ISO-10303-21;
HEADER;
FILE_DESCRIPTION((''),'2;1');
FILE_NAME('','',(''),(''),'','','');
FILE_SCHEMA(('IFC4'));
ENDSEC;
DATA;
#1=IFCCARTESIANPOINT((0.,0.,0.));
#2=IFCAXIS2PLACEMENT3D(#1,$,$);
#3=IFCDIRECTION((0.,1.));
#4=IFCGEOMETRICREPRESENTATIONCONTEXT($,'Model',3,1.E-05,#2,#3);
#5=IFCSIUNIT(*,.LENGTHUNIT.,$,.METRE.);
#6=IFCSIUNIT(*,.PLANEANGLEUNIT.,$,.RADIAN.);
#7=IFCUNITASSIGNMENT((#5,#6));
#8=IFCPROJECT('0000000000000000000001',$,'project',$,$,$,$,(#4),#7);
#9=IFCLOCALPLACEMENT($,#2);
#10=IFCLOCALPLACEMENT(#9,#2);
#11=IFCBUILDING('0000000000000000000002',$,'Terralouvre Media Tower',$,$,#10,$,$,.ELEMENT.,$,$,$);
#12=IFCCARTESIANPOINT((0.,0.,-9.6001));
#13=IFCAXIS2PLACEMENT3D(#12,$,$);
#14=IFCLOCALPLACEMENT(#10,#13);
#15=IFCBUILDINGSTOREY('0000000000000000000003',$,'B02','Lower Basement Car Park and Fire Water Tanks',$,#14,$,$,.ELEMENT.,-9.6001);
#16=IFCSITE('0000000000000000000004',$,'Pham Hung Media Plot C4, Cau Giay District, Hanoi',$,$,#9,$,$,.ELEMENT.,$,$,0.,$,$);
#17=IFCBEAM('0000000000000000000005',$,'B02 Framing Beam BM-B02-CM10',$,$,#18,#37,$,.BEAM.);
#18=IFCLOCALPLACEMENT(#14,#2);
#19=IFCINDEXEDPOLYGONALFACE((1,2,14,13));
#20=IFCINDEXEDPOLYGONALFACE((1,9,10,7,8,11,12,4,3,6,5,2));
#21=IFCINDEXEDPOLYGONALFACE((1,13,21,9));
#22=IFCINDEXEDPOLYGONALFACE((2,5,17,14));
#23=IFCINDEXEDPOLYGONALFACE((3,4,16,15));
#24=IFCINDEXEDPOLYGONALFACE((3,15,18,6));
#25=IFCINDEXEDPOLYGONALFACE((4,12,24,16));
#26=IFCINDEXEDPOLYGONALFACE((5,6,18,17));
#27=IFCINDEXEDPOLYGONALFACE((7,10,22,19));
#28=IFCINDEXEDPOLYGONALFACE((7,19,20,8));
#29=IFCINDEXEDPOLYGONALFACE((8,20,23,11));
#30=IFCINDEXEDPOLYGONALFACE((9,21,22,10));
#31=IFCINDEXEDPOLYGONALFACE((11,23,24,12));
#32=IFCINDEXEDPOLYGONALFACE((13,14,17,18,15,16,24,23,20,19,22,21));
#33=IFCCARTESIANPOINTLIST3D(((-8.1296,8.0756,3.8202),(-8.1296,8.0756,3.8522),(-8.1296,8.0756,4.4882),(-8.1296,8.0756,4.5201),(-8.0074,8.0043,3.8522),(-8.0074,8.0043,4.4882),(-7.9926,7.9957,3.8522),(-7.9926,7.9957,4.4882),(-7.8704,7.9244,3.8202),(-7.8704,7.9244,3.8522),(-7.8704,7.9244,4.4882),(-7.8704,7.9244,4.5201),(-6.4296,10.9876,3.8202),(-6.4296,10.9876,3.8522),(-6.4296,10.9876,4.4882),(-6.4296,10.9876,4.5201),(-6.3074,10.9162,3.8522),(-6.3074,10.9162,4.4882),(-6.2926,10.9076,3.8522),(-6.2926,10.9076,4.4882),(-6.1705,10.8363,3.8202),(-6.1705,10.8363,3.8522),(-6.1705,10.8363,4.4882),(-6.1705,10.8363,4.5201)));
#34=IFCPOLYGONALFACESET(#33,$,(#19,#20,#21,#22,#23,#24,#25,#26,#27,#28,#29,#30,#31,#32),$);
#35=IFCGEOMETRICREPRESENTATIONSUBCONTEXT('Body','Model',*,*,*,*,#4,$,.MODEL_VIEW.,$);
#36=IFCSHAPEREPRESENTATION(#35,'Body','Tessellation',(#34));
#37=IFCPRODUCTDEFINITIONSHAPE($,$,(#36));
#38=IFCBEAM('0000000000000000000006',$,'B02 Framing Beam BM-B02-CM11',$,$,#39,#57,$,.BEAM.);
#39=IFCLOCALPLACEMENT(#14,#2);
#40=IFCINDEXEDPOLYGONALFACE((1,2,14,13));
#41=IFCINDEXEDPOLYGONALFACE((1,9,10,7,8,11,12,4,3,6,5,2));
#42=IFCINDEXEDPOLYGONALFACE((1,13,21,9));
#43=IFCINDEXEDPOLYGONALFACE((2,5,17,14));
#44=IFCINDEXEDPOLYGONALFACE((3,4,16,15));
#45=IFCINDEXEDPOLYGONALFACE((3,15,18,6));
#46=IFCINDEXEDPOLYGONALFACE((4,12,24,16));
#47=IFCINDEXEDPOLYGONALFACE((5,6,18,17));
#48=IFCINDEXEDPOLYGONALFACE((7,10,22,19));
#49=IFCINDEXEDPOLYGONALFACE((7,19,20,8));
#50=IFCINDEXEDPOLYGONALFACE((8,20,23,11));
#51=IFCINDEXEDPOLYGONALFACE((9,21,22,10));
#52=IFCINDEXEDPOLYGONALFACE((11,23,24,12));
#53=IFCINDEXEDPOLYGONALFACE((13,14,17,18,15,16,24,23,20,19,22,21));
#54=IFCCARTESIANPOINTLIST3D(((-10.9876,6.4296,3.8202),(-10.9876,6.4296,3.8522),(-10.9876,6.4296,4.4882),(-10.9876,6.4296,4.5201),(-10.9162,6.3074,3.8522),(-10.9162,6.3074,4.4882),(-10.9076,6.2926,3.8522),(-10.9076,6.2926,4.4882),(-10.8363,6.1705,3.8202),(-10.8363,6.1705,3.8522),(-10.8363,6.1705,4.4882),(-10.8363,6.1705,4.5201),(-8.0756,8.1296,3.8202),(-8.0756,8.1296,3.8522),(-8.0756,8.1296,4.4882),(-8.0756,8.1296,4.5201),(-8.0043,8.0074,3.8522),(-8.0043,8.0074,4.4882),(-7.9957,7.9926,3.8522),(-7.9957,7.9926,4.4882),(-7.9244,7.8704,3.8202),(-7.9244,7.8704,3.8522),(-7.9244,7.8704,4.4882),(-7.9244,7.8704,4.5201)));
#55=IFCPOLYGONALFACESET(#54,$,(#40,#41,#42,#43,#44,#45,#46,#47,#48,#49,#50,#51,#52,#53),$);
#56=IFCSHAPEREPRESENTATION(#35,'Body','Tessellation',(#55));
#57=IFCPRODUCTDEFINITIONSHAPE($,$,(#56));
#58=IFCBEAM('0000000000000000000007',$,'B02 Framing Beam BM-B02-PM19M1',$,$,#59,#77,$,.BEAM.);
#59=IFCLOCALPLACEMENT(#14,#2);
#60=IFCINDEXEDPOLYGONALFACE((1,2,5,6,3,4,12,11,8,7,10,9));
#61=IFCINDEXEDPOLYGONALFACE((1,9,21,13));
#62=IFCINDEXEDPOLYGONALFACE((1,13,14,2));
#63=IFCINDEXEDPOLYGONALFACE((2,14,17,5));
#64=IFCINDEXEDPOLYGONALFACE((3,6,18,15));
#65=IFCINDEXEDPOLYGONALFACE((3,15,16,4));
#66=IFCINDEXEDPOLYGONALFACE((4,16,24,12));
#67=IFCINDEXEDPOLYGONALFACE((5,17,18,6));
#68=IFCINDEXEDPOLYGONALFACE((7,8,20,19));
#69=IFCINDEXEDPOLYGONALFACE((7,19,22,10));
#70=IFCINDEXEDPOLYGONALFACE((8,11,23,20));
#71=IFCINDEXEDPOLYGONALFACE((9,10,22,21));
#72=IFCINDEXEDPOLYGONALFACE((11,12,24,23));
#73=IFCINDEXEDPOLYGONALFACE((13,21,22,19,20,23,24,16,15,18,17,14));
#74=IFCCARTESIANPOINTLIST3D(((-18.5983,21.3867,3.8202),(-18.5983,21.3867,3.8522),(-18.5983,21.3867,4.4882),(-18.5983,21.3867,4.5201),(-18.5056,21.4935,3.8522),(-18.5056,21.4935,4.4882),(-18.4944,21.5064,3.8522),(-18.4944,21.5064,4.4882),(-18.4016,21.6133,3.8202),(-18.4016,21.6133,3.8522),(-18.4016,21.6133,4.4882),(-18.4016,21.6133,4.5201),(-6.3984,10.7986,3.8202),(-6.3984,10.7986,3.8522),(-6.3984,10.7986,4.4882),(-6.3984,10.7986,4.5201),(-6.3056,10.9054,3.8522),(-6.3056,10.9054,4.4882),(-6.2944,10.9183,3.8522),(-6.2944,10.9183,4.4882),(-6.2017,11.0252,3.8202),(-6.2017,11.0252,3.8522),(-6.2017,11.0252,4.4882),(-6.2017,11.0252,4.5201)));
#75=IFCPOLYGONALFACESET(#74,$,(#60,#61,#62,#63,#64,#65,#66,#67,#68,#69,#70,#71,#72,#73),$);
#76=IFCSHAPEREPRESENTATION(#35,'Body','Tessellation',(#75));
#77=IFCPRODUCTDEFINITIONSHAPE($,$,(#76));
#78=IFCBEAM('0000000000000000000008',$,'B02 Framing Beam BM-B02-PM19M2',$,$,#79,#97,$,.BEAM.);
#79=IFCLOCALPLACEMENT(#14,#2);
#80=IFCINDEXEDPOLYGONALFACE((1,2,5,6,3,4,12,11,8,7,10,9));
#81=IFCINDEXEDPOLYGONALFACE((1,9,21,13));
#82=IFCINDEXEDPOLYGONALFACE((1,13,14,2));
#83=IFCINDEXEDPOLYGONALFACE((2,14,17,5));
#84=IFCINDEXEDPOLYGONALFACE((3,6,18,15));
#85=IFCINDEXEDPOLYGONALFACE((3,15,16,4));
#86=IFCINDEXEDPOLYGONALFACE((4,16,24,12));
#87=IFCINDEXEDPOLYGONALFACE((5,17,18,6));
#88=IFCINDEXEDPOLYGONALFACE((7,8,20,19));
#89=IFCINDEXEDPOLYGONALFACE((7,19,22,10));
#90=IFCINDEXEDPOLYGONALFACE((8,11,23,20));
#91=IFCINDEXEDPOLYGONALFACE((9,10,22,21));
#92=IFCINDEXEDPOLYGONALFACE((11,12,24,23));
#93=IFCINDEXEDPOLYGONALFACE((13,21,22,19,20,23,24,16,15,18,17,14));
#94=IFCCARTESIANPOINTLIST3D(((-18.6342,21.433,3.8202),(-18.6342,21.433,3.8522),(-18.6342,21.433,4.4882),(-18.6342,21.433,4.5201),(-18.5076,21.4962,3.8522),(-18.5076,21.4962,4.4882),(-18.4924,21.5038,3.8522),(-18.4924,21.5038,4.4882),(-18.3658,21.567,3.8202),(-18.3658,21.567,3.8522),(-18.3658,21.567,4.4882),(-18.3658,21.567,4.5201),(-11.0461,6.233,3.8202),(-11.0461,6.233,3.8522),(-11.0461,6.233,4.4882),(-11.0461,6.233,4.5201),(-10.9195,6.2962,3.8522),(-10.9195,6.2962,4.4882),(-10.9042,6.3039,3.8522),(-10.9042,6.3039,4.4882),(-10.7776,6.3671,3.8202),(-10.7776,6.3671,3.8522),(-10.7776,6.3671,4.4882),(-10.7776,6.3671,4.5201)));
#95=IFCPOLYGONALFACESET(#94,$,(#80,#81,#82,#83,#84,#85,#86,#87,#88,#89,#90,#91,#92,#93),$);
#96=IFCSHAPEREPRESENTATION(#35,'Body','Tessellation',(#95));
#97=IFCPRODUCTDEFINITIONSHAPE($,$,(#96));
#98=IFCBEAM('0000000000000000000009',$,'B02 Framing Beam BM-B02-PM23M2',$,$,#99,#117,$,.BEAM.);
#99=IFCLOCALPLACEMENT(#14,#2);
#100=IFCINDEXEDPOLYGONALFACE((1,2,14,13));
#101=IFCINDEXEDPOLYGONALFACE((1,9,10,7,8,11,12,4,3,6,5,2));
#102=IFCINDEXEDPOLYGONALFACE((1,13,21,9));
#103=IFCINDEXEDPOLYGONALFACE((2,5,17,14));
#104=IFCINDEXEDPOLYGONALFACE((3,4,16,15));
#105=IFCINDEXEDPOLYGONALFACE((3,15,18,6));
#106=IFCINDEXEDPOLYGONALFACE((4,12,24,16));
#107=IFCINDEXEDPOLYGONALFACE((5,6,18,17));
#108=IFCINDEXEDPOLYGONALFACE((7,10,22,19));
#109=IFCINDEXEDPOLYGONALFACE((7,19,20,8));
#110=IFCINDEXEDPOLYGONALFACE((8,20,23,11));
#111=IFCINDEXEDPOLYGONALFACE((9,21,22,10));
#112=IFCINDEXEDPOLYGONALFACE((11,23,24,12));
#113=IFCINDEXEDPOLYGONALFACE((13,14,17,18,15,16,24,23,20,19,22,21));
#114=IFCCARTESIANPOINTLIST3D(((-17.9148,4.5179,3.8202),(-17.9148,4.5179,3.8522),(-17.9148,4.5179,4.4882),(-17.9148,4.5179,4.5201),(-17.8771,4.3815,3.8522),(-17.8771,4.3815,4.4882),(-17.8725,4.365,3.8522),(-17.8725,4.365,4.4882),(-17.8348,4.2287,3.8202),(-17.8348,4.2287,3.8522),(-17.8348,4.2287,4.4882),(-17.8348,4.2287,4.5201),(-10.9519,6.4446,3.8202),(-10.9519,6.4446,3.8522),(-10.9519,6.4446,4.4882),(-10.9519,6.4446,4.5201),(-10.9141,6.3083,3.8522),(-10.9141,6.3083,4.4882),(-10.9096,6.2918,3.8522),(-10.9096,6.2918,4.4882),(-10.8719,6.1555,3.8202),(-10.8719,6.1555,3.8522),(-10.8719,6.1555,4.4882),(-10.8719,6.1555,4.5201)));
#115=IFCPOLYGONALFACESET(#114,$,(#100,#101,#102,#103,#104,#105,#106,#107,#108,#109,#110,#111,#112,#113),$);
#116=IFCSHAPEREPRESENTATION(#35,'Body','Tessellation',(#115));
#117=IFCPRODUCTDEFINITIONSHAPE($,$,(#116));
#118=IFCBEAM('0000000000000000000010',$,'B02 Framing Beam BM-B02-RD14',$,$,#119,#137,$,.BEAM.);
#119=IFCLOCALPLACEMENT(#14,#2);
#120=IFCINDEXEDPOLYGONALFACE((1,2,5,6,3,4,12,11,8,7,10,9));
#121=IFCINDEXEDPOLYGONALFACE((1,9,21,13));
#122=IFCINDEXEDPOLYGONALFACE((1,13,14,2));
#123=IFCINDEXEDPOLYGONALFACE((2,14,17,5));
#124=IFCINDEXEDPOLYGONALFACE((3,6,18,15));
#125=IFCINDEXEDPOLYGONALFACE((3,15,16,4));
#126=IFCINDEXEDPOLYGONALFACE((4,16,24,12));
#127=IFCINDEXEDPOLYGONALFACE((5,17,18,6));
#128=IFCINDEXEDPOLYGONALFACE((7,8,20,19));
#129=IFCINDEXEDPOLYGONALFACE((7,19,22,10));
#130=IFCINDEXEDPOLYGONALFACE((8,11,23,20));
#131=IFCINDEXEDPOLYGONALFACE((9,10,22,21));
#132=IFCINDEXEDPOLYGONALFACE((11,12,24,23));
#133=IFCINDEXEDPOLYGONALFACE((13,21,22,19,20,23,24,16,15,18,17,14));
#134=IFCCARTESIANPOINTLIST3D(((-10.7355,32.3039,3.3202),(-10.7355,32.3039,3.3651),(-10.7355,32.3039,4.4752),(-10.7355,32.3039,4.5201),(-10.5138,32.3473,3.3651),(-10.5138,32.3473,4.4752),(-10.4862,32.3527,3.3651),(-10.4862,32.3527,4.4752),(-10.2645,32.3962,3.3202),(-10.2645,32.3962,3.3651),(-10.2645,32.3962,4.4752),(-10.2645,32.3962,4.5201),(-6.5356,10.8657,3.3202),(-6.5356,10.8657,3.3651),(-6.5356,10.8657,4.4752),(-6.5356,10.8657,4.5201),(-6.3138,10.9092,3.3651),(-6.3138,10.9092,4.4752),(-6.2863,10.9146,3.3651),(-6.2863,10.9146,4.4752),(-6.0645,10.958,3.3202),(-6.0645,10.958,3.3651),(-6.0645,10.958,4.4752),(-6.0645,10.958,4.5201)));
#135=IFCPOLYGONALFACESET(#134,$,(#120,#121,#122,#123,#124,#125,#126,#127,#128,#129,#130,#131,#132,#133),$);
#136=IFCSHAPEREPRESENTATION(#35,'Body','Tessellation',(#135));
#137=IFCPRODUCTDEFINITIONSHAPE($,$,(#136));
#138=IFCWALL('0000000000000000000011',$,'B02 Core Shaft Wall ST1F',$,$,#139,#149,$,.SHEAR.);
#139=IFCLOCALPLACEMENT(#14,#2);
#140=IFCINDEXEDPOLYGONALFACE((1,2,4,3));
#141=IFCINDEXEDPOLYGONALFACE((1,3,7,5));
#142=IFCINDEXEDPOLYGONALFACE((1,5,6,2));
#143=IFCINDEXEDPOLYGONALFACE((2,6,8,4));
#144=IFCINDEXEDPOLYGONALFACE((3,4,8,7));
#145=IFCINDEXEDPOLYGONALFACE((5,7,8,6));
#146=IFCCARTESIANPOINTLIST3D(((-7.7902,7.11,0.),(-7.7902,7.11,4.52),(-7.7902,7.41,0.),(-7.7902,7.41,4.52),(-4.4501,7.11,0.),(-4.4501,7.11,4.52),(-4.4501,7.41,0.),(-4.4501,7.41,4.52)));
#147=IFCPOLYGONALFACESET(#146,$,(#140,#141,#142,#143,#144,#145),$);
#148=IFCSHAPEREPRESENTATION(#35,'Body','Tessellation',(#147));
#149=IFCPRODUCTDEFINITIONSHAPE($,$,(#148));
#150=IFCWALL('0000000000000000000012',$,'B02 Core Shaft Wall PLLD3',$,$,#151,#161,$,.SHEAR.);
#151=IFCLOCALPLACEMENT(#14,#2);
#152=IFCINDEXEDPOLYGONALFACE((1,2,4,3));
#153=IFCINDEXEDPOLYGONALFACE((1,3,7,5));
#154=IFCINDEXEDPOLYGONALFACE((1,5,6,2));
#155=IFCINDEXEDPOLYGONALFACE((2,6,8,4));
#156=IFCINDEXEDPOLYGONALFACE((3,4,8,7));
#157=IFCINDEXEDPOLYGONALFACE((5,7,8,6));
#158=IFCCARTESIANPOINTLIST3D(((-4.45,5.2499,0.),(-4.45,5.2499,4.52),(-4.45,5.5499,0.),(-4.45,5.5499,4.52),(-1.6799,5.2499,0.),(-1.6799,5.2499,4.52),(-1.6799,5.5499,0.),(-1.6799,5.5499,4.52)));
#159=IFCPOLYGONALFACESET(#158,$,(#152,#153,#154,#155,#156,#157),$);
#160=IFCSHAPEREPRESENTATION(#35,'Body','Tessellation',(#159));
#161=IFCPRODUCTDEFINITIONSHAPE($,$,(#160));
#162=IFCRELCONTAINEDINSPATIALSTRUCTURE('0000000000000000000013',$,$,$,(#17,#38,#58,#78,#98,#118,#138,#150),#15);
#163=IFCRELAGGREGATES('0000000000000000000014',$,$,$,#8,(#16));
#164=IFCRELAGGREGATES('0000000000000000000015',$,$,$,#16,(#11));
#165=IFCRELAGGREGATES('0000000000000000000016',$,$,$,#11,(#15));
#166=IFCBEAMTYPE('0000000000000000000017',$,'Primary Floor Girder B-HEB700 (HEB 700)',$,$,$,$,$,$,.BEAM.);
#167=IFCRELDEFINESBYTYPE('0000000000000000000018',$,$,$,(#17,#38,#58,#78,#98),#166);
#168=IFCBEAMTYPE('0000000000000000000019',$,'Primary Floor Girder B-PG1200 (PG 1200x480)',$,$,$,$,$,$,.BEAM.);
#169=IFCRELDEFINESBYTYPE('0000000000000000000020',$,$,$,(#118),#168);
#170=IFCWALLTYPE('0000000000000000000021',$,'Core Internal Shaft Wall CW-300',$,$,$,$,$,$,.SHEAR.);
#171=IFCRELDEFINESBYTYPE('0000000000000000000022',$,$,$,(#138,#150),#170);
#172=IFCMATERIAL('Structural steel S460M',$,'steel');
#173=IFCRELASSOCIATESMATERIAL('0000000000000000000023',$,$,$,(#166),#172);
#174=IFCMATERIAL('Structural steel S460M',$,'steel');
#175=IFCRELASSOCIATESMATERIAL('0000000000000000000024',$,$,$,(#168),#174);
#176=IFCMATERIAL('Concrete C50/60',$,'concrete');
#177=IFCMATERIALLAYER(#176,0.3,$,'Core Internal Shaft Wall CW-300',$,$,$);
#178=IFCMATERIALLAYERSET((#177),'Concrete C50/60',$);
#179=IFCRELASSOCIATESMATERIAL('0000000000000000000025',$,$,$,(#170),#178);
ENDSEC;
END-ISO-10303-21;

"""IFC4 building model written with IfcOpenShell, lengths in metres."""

from ifc_helpers import new_model, si_unit, direction, frame, frame_2d, origin, origin_2d, place, context, subcontext, project, spatial, rectangle, i_section, extrude, material, layer, layer_set, material_profile, profile_set, type_object, element, save


model = new_model("IFC4")

# Units and contexts
model_context = context("Model", 3, precision=1e-05, world=origin(), true_north=direction((0.0, 1.0)))
body_context = subcontext(model_context, "Body", "Model", "MODEL_VIEW")
ifc_project = project(units=[si_unit("LENGTHUNIT", "METRE"), si_unit("PLANEANGLEUNIT", "RADIAN")], contexts=[model_context])

# Site, building, storey
site_placement = place(None, origin())
site = spatial("IfcSite", under=ifc_project, at=site_placement, Name="Pham Hung Media Plot C4, Cau Giay District, Hanoi", CompositionType="ELEMENT", RefElevation=0.0)
building_placement = place(site_placement, origin())
building = spatial("IfcBuilding", under=site, at=building_placement, Name="Terralouvre Media Tower", CompositionType="ELEMENT")
storey_placement = place(building_placement, frame((0.0, 0.0, -9.6001)))
storey = spatial("IfcBuildingStorey", under=building, at=storey_placement, Name="B02", Description="Lower Basement Car Park and Fire Water Tanks", CompositionType="ELEMENT", Elevation=-9.6001)

# Beams
ifc_material_1 = material(Name="Structural steel S460M", Category="steel")
ifc_material_profile_1 = material_profile(ifc_material_1, i_section(OverallWidth=0.3, OverallDepth=0.7, WebThickness=0.0171, FlangeThickness=0.032, at=origin_2d()), Name="HEB 700")
ifc_profile_set_1 = profile_set([ifc_material_profile_1], Name="Structural steel S460M")
beam_type_1 = type_object("IfcBeamType", Name="Primary Floor Girder B-HEB700 (HEB 700)", PredefinedType="BEAM", material=ifc_profile_set_1)
for number, where, z_axis, x_axis, name in (
    (1, (-8.0, 8.0, 4.1702), (0.504173, 0.863603, 0.0), (-0.863603, 0.504173, 0.0), "B02 Framing Beam BM-B02-CM10"),
    (2, (-8.0, 8.0, 4.1702), (-0.863603, -0.504173, 0.0), (0.504173, -0.863603, 0.0), "B02 Framing Beam BM-B02-CM11"),
):
    element("IfcBeam", number, at=place(storey_placement, frame(where, z_axis=z_axis, x_axis=x_axis)), inside=storey, type_object=beam_type_1, Name=name, PredefinedType="BEAM", context=body_context, shape_type="SweptSolid", body=[
        extrude(i_section(OverallWidth=0.3, OverallDepth=0.7, WebThickness=0.0171, FlangeThickness=0.032, at=origin_2d()), origin(), (0.0, 0.0, 1.0), 3.3718),
    ])
beam_1_placement = place(storey_placement, frame((-6.3, 10.9119, 4.1702), z_axis=(-0.755234, 0.655455, 0.0), x_axis=(-0.655455, -0.755234, 0.0)))
element("IfcBeam", 3, at=beam_1_placement, inside=storey, type_object=beam_type_1, Name="B02 Framing Beam BM-B02-PM19M1", PredefinedType="BEAM", context=body_context, shape_type="SweptSolid", body=[
    extrude(i_section(OverallWidth=0.3, OverallDepth=0.7, WebThickness=0.0171, FlangeThickness=0.032, at=origin_2d()), origin(), (0.0, 0.0, 1.0), 16.1538),
])
beam_2_placement = place(storey_placement, frame((-10.9119, 6.3, 4.1702), z_axis=(-0.446656, 0.894706, 0.0), x_axis=(-0.894706, -0.446656, 0.0)))
element("IfcBeam", 4, at=beam_2_placement, inside=storey, type_object=beam_type_1, Name="B02 Framing Beam BM-B02-PM19M2", PredefinedType="BEAM", context=body_context, shape_type="SweptSolid", body=[
    extrude(i_section(OverallWidth=0.3, OverallDepth=0.7, WebThickness=0.0171, FlangeThickness=0.032, at=origin_2d()), origin(), (0.0, 0.0, 1.0), 16.9888),
])
beam_3_placement = place(storey_placement, frame((-10.9119, 6.3, 4.1702), z_axis=(-0.963781, -0.266696, 0.0), x_axis=(0.266696, -0.963781, 0.0)))
element("IfcBeam", 5, at=beam_3_placement, inside=storey, type_object=beam_type_1, Name="B02 Framing Beam BM-B02-PM23M2", PredefinedType="BEAM", context=body_context, shape_type="SweptSolid", body=[
    extrude(i_section(OverallWidth=0.3, OverallDepth=0.7, WebThickness=0.0171, FlangeThickness=0.032, at=origin_2d()), origin(), (0.0, 0.0, 1.0), 7.2246),
])
ifc_material_2 = material(Name="Structural steel S460M", Category="steel")
ifc_material_profile_2 = material_profile(ifc_material_2, i_section(OverallWidth=0.48, OverallDepth=1.2, WebThickness=0.0281, FlangeThickness=0.0449, at=origin_2d()), Name="PG 1200x480")
ifc_profile_set_2 = profile_set([ifc_material_profile_2], Name="Structural steel S460M")
beam_type_2 = type_object("IfcBeamType", Name="Primary Floor Girder B-PG1200 (PG 1200x480)", PredefinedType="BEAM", material=ifc_profile_set_2)
beam_4_placement = place(storey_placement, frame((-6.3, 10.9119, 3.9202), z_axis=(-0.192255, 0.981345, 0.0), x_axis=(-0.981345, -0.192255, 0.0)))
element("IfcBeam", 6, at=beam_4_placement, inside=storey, type_object=beam_type_2, Name="B02 Framing Beam BM-B02-RD14", PredefinedType="BEAM", context=body_context, shape_type="SweptSolid", body=[
    extrude(i_section(OverallWidth=0.48, OverallDepth=1.2, WebThickness=0.0281, FlangeThickness=0.0449, at=origin_2d()), origin(), (0.0, 0.0, 1.0), 21.8457),
])

# Walls
ifc_material_3 = material(Name="Concrete C50/60", Category="concrete")
ifc_layer_1 = layer(ifc_material_3, 0.3, Name="Core Internal Shaft Wall CW-300")
ifc_layer_set_1 = layer_set([ifc_layer_1], Name="Concrete C50/60")
wall_type_1 = type_object("IfcWallType", Name="Core Internal Shaft Wall CW-300", PredefinedType="SHEAR", material=ifc_layer_set_1)
wall_1_placement = place(storey_placement, frame((-7.79, 7.26, 0.0), z_axis=(0.0, 0.0, 1.0), x_axis=(1.0, 0.0, 0.0)))
element("IfcWall", 7, at=wall_1_placement, inside=storey, type_object=wall_type_1, Name="B02 Core Shaft Wall ST1F", PredefinedType="SHEAR", context=body_context, shape_type="SweptSolid", body=[
    extrude(rectangle(XDim=3.3401, YDim=0.3, at=frame_2d((1.6699, 0.0))), origin(), (0.0, 0.0, 1.0), 4.52),
])
wall_2_placement = place(storey_placement, frame((-4.45, 5.3999, 0.0), z_axis=(0.0, 0.0, 1.0), x_axis=(1.0, 0.0, 0.0)))
element("IfcWall", 8, at=wall_2_placement, inside=storey, type_object=wall_type_1, Name="B02 Core Shaft Wall PLLD3", PredefinedType="SHEAR", context=body_context, shape_type="SweptSolid", body=[
    extrude(rectangle(XDim=2.77, YDim=0.3, at=frame_2d((1.385, 0.0))), origin(), (0.0, 0.0, 1.0), 4.52),
])

save(model, "model.ifc")
